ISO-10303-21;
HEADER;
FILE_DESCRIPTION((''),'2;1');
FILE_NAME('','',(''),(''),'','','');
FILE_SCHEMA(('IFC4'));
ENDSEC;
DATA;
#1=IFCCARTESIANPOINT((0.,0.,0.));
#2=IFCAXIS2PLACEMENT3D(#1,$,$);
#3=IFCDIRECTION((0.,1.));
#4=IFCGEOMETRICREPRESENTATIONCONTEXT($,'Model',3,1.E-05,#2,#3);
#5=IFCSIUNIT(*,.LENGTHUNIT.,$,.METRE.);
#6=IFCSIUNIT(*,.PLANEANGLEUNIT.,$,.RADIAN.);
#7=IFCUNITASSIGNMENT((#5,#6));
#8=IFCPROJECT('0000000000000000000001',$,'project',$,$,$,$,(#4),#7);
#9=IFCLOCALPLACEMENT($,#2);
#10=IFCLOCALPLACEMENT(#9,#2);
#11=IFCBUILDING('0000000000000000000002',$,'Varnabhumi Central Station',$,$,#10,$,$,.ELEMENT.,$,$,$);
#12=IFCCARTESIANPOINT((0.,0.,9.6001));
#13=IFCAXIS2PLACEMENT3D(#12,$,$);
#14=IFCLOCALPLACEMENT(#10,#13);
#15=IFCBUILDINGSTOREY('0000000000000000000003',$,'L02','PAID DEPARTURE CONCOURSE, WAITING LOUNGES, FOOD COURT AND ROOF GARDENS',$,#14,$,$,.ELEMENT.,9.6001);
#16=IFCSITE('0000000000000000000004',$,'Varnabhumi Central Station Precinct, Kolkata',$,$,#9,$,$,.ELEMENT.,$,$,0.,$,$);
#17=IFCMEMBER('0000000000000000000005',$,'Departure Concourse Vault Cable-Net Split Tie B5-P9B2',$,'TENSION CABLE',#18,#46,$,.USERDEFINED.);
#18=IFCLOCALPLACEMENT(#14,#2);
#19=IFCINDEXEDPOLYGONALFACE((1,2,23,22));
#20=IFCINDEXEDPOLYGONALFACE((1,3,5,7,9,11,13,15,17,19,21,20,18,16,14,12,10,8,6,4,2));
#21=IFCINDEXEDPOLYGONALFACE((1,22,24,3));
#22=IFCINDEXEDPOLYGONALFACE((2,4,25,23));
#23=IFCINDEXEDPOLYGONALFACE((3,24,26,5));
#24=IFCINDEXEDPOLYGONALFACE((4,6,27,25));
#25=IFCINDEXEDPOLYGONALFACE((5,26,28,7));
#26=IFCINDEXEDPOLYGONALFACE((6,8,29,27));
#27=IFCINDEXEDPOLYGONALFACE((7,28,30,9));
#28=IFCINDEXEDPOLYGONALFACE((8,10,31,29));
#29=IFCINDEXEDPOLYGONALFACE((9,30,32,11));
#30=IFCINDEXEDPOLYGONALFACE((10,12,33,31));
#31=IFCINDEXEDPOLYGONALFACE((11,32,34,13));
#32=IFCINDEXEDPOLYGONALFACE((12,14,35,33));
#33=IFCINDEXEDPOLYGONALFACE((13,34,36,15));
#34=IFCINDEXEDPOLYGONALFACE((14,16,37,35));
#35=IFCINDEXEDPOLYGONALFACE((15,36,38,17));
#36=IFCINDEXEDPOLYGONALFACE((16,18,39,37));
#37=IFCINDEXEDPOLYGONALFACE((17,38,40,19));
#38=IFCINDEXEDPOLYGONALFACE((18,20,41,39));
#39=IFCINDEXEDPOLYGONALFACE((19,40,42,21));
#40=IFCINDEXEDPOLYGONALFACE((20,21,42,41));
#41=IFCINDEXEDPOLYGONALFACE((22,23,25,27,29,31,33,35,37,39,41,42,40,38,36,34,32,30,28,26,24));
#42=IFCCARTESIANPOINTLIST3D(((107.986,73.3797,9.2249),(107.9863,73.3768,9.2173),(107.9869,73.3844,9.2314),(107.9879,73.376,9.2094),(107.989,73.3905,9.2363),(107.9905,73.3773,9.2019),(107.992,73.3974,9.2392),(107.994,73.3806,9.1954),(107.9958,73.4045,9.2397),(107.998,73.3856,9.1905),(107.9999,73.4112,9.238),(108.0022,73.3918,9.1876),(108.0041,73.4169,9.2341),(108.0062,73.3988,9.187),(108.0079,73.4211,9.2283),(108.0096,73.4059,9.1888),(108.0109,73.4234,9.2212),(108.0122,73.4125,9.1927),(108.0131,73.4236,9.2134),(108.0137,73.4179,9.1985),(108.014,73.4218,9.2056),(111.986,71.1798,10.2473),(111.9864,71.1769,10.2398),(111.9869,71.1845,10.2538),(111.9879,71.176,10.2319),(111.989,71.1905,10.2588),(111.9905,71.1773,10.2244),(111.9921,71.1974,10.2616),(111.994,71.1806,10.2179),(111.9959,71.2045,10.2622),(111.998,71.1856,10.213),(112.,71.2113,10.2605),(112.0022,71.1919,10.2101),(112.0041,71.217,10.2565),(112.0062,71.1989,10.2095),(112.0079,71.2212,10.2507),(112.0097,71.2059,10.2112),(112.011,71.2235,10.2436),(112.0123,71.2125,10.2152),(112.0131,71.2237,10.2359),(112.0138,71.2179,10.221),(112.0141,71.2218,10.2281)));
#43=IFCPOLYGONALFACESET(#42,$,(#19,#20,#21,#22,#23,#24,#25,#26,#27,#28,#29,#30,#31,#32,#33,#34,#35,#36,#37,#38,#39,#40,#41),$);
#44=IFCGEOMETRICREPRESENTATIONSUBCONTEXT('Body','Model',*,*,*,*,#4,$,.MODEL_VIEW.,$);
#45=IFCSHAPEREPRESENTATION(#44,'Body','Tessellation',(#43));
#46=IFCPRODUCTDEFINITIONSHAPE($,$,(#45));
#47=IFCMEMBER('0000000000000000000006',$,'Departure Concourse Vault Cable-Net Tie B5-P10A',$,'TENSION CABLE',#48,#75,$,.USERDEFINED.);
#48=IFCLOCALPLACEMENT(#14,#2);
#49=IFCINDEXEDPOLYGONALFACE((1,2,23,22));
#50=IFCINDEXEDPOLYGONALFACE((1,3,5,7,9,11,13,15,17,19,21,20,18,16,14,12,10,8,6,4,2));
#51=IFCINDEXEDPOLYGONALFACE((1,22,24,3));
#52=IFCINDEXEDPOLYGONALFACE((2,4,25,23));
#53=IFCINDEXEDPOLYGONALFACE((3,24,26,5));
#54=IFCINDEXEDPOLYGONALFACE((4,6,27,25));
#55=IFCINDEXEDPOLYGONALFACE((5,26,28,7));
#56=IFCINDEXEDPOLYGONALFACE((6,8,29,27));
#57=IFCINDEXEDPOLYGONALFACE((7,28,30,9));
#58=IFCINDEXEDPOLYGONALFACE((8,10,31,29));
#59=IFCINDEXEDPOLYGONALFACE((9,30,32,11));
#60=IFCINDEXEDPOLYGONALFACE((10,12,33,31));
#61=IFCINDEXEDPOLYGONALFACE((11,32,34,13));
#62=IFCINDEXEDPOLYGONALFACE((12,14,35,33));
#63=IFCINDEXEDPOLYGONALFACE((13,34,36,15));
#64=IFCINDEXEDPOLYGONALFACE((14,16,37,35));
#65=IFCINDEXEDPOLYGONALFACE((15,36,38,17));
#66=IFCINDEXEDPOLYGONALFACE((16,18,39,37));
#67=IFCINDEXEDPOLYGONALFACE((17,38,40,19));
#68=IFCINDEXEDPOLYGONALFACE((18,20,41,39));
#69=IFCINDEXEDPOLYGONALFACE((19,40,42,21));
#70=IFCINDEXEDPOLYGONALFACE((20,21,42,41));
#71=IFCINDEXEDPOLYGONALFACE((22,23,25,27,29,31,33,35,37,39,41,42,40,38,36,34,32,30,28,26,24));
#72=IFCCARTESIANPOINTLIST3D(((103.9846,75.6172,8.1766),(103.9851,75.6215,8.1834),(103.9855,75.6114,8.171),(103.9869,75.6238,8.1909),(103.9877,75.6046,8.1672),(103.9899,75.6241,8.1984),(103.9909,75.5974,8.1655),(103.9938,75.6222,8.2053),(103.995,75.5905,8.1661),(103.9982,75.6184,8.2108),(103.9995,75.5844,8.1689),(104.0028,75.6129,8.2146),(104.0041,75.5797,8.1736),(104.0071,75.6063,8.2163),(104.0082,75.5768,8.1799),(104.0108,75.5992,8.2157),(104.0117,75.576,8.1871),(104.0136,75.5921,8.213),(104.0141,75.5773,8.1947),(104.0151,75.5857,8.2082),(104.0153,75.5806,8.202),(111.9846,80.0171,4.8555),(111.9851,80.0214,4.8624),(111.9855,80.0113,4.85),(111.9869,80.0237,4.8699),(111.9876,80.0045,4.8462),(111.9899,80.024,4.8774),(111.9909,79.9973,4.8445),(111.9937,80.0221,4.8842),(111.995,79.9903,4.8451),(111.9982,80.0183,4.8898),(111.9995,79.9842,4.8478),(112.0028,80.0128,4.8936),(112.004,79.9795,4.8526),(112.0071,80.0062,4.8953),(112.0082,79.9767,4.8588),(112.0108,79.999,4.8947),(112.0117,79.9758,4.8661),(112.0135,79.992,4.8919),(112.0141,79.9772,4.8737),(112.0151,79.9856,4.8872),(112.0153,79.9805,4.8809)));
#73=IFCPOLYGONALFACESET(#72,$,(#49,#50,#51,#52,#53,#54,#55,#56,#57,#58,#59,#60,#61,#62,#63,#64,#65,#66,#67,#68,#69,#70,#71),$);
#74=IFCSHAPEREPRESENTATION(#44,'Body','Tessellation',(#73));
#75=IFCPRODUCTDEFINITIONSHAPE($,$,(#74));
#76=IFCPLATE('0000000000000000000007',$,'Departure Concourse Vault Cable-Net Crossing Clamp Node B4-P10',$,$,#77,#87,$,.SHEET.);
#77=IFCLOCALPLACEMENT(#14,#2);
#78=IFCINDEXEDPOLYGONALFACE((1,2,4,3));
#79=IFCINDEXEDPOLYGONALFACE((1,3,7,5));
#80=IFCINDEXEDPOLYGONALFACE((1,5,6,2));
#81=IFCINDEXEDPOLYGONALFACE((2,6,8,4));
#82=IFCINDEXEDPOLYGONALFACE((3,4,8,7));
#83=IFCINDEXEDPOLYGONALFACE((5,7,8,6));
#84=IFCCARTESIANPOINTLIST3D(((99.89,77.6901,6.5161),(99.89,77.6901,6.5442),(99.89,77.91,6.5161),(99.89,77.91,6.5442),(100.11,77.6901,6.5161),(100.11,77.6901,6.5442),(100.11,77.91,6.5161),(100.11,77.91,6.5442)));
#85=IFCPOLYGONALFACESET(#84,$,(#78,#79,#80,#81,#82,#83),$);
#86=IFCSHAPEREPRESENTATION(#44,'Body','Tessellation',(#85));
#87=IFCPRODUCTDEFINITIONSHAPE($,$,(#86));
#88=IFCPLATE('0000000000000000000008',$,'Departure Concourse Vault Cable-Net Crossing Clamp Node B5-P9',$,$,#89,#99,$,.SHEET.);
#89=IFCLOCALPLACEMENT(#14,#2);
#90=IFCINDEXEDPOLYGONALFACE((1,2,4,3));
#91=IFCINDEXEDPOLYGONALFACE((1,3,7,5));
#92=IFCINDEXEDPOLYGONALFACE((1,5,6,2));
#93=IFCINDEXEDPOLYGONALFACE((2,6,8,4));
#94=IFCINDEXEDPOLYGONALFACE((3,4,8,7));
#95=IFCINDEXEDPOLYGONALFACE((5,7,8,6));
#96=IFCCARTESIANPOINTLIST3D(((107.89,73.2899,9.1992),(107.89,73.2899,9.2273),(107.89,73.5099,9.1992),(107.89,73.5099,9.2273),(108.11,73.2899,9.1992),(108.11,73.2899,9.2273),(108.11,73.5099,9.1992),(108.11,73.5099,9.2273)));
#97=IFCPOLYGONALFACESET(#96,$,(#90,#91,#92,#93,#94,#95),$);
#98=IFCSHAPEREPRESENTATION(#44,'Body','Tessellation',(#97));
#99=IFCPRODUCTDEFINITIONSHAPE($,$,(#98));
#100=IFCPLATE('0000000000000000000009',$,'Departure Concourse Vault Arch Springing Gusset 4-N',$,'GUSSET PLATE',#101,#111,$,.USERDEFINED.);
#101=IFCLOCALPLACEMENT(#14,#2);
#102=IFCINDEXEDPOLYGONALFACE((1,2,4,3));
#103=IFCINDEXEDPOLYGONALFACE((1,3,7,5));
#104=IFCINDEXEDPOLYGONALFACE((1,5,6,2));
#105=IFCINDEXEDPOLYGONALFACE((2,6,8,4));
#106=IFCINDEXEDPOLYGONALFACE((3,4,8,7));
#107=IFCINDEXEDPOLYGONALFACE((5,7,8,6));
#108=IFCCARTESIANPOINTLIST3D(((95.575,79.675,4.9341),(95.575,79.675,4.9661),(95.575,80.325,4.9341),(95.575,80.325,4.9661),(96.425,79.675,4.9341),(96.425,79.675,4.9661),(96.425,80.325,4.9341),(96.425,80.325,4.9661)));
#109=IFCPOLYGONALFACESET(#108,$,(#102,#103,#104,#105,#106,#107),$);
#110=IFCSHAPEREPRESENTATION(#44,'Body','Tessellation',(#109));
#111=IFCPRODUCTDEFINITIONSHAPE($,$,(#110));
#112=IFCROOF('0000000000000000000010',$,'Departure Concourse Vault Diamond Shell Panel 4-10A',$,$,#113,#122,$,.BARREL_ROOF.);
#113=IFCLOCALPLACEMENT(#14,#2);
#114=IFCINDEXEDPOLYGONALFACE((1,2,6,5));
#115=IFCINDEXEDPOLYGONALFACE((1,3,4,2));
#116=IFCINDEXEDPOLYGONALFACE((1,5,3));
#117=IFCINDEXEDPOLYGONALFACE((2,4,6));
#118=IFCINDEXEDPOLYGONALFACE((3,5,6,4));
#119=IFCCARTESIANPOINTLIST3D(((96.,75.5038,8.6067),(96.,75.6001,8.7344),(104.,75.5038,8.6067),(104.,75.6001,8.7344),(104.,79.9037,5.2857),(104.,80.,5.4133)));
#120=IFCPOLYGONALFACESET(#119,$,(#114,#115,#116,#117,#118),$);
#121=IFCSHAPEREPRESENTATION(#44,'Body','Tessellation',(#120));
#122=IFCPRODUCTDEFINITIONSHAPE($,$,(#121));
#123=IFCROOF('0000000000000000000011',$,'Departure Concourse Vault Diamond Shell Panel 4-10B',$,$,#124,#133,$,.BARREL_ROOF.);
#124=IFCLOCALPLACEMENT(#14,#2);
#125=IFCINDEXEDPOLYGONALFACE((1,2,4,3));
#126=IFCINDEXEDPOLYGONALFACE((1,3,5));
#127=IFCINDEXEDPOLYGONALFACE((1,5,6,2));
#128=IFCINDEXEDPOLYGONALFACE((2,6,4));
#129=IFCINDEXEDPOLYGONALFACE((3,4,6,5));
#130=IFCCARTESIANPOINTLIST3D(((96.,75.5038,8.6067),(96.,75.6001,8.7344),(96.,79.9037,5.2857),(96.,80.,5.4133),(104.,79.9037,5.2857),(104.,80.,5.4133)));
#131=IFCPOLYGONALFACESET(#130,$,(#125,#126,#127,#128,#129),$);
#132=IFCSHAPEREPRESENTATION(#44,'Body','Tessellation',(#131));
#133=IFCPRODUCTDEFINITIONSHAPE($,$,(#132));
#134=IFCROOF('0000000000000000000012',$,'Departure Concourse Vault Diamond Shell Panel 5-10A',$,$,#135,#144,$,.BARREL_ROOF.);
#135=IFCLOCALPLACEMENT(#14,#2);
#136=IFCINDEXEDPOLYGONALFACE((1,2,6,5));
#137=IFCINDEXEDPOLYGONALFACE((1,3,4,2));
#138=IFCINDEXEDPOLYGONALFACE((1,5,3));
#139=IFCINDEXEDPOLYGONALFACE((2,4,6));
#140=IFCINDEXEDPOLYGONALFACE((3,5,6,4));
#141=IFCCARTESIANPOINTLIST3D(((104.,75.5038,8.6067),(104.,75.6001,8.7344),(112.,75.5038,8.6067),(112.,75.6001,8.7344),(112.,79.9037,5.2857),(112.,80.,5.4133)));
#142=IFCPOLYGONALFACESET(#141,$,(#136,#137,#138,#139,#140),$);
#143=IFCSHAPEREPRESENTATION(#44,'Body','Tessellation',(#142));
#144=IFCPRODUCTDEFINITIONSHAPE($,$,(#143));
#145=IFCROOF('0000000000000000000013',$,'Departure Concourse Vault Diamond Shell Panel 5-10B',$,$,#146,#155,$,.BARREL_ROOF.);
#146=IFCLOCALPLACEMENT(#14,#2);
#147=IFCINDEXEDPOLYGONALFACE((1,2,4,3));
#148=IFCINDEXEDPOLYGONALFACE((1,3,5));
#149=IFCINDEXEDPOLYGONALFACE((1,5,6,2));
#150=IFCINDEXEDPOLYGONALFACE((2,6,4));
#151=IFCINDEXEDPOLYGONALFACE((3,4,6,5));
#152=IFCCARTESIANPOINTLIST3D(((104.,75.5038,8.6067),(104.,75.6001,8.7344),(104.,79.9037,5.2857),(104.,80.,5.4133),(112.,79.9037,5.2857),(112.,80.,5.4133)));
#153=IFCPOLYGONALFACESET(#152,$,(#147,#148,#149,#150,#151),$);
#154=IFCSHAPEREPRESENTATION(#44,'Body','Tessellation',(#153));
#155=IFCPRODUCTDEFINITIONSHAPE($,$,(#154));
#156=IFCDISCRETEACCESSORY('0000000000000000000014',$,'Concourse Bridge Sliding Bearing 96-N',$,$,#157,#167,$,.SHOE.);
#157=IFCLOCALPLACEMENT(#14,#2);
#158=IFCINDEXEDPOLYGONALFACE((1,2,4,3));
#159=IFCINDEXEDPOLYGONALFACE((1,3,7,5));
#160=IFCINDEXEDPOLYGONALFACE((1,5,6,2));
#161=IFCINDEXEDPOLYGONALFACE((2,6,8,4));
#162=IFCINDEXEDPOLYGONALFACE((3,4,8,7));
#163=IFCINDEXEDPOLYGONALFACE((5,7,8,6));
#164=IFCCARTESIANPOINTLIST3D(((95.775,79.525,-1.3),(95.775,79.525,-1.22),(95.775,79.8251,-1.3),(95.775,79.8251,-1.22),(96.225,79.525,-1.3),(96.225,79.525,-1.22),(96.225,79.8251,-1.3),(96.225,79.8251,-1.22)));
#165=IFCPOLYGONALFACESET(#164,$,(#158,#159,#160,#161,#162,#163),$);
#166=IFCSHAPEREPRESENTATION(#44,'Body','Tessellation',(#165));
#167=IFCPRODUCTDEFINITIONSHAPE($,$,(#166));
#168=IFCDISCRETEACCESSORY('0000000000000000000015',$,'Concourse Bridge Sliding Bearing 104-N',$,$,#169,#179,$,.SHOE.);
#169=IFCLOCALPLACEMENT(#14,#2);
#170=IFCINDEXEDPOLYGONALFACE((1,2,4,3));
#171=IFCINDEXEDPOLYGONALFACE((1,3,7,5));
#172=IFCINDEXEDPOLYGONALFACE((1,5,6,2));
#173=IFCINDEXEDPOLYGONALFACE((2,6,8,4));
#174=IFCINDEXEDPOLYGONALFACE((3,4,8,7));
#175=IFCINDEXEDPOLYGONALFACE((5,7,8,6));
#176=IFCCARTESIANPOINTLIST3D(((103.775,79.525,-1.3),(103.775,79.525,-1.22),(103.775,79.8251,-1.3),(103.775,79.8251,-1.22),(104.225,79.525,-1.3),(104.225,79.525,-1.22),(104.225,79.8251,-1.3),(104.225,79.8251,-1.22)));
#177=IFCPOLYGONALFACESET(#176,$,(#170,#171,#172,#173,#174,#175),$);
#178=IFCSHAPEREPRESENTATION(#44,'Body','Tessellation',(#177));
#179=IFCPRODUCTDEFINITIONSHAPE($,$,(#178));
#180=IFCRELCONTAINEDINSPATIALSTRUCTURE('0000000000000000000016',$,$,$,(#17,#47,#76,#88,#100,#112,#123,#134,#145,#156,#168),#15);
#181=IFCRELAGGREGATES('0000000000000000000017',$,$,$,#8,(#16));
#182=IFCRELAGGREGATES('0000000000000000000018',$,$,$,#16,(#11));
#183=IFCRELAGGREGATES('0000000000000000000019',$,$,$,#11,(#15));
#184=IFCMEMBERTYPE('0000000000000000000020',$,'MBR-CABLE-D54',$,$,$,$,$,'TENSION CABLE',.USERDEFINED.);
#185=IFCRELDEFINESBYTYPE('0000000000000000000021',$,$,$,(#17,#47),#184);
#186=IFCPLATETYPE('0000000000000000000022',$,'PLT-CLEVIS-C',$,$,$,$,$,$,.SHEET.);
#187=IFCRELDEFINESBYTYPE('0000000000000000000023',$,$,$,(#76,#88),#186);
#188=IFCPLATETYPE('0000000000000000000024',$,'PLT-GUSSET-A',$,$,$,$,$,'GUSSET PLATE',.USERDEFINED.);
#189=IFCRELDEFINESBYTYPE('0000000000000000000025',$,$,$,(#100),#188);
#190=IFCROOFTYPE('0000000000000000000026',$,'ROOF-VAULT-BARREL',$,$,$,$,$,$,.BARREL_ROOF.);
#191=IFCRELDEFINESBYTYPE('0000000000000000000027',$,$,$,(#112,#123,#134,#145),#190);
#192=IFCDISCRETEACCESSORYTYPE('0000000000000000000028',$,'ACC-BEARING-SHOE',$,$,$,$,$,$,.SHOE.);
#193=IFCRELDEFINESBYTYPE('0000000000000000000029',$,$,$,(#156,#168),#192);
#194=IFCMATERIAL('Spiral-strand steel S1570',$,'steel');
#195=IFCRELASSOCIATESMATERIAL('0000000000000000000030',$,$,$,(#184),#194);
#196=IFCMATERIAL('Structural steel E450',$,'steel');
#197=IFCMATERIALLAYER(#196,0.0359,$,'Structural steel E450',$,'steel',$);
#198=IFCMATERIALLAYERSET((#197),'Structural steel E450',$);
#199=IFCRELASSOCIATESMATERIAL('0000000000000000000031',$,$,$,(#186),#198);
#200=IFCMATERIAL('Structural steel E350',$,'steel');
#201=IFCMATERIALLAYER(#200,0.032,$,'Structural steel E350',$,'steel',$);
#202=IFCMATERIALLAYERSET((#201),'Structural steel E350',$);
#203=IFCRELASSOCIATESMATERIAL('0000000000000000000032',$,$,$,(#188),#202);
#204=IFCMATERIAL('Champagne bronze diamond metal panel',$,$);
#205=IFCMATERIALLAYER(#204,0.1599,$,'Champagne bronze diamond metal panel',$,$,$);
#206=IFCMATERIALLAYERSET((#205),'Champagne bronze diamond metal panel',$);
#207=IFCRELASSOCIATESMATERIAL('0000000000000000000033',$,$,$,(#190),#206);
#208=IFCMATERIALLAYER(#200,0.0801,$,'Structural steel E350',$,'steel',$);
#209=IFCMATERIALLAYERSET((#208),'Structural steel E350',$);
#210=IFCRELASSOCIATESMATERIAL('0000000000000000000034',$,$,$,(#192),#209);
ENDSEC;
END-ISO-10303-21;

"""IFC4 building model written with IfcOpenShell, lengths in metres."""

from ifc_helpers import new_model, si_unit, direction, frame, origin, origin_2d, place, context, subcontext, project, spatial, polyline, rectangle, circle, outline, extrude, material, layer, layer_set, material_profile, profile_set, type_object, element, save


model = new_model("IFC4")

# Units and contexts
model_context = context("Model", 3, precision=1e-05, world=origin(), true_north=direction((0.0, 1.0)))
body_context = subcontext(model_context, "Body", "Model", "MODEL_VIEW")
ifc_project = project(units=[si_unit("LENGTHUNIT", "METRE"), si_unit("PLANEANGLEUNIT", "RADIAN")], contexts=[model_context])

# Site, building, storey
site_placement = place(None, origin())
site = spatial("IfcSite", under=ifc_project, at=site_placement, Name="Varnabhumi Central Station Precinct, Kolkata", CompositionType="ELEMENT", RefElevation=0.0)
building_placement = place(site_placement, origin())
building = spatial("IfcBuilding", under=site, at=building_placement, Name="Varnabhumi Central Station", CompositionType="ELEMENT")
storey_placement = place(building_placement, frame((0.0, 0.0, 9.6001)))
storey = spatial("IfcBuildingStorey", under=building, at=storey_placement, Name="L02", Description="PAID DEPARTURE CONCOURSE, WAITING LOUNGES, FOOD COURT AND ROOF GARDENS", CompositionType="ELEMENT", Elevation=9.6001)

# Shared definitions
ifc_material_1 = material(Name="Structural steel E350", Category="steel")

# Members
ifc_material_2 = material(Name="Spiral-strand steel S1570", Category="steel")
ifc_material_profile_1 = material_profile(ifc_material_2, circle(Radius=0.0271, at=origin_2d()), Name="Spiral-strand steel S1570", Category="steel")
ifc_profile_set_1 = profile_set([ifc_material_profile_1], Name="Spiral-strand steel S1570")
member_type = type_object("IfcMemberType", Name="MBR-CABLE-D54", ElementType="TENSION CABLE", PredefinedType="USERDEFINED", material=ifc_profile_set_1)
for number, where, z_axis, x_axis, name in (
    (1, (108.0, 73.3999, 9.2134), (0.855036, -0.47026, 0.21856), (0.481911, 0.87622, 0.0), "Departure Concourse Vault Cable-Net Split Tie B5-P9B2"),
):
    element("IfcMember", number, at=place(storey_placement, frame(where, z_axis=z_axis, x_axis=x_axis)), inside=storey, type_object=member_type, Name=name, ObjectType="TENSION CABLE", PredefinedType="USERDEFINED", context=body_context, shape_type="SweptSolid", body=[
        extrude(circle(Radius=0.0271, at=origin_2d()), origin(), (0.0, 0.0, 1.0), 4.6782),
    ])
member_1_placement = place(storey_placement, frame((104.0, 75.6001, 8.1909), z_axis=(0.823437, 0.45288, -0.341834), x_axis=(-0.481911, 0.87622, 0.0)))
element("IfcMember", 2, at=member_1_placement, inside=storey, type_object=member_type, Name="Departure Concourse Vault Cable-Net Tie B5-P10A", ObjectType="TENSION CABLE", PredefinedType="USERDEFINED", context=body_context, shape_type="SweptSolid", body=[
    extrude(circle(Radius=0.0271, at=origin_2d()), origin(), (0.0, 0.0, 1.0), 9.7153),
])

# Plates
ifc_material_3 = material(Name="Structural steel E450", Category="steel")
ifc_layer_1 = layer(ifc_material_3, 0.0359, Name="Structural steel E450", Category="steel")
ifc_layer_set_1 = layer_set([ifc_layer_1], Name="Structural steel E450")
plate_type_1 = type_object("IfcPlateType", Name="PLT-CLEVIS-C", PredefinedType="SHEET", material=ifc_layer_set_1)
for number, where, z_axis, x_axis, name in (
    (3, (100.0, 77.8, 6.5161), (0.0, 0.0, 1.0), (1.0, 0.0, 0.0), "Departure Concourse Vault Cable-Net Crossing Clamp Node B4-P10"),
    (4, (108.0, 73.3999, 9.1992), (0.0, 0.0, 1.0), (1.0, 0.0, 0.0), "Departure Concourse Vault Cable-Net Crossing Clamp Node B5-P9"),
):
    element("IfcPlate", number, at=place(storey_placement, frame(where, z_axis=z_axis, x_axis=x_axis)), inside=storey, type_object=plate_type_1, Name=name, PredefinedType="SHEET", context=body_context, shape_type="SweptSolid", body=[
        extrude(rectangle(XDim=0.22, YDim=0.22, at=origin_2d()), origin(), (0.0, 0.0, 1.0), 0.0281),
    ])
ifc_layer_2 = layer(ifc_material_1, 0.032, Name="Structural steel E350", Category="steel")
ifc_layer_set_2 = layer_set([ifc_layer_2], Name="Structural steel E350")
plate_type_2 = type_object("IfcPlateType", Name="PLT-GUSSET-A", ElementType="GUSSET PLATE", PredefinedType="USERDEFINED", material=ifc_layer_set_2)
plate_placement = place(storey_placement, frame((96.0, 80.0, 4.9341), z_axis=(0.0, 0.0, 1.0), x_axis=(1.0, 0.0, 0.0)))
element("IfcPlate", 5, at=plate_placement, inside=storey, type_object=plate_type_2, Name="Departure Concourse Vault Arch Springing Gusset 4-N", ObjectType="GUSSET PLATE", PredefinedType="USERDEFINED", context=body_context, shape_type="SweptSolid", body=[
    extrude(rectangle(XDim=0.8501, YDim=0.6499, at=origin_2d()), origin(), (0.0, 0.0, 1.0), 0.032),
])

# Roofs
ifc_material_4 = material(Name="Champagne bronze diamond metal panel")
ifc_layer_3 = layer(ifc_material_4, 0.1599, Name="Champagne bronze diamond metal panel")
ifc_layer_set_3 = layer_set([ifc_layer_3], Name="Champagne bronze diamond metal panel")
roof_type = type_object("IfcRoofType", Name="ROOF-VAULT-BARREL", PredefinedType="BARREL_ROOF", material=ifc_layer_set_3)
roof_1_placement = place(storey_placement, frame((96.0, 75.6001, 8.7344), z_axis=(0.0, 0.602449, 0.798157), x_axis=(1.0, 0.0, 0.0)))
element("IfcRoof", 6, at=roof_1_placement, inside=storey, type_object=roof_type, Name="Departure Concourse Vault Diamond Shell Panel 4-10A", PredefinedType="BARREL_ROOF", context=body_context, shape_type="SweptSolid", body=[
    extrude(outline(polyline([(0.0, 0.0), (8.0, 0.0), (8.0, 5.5126), (0.0, 0.0)])), origin(), (0.0, 0.0, -1.0), 0.1599),
])
roof_2_placement = place(storey_placement, frame((96.0, 75.6001, 8.7344), z_axis=(0.0, 0.602449, 0.798157), x_axis=(0.823437, 0.45288, -0.341834)))
element("IfcRoof", 7, at=roof_2_placement, inside=storey, type_object=roof_type, Name="Departure Concourse Vault Diamond Shell Panel 4-10B", PredefinedType="BARREL_ROOF", context=body_context, shape_type="SweptSolid", body=[
    extrude(outline(polyline([(0.0, 0.0), (9.7154, 0.0), (3.1279, 4.5393), (0.0, 0.0)])), origin(), (0.0, 0.0, -1.0), 0.1599),
])
roof_3_placement = place(storey_placement, frame((104.0, 75.6001, 8.7344), z_axis=(0.0, 0.602449, 0.798157), x_axis=(1.0, 0.0, 0.0)))
element("IfcRoof", 8, at=roof_3_placement, inside=storey, type_object=roof_type, Name="Departure Concourse Vault Diamond Shell Panel 5-10A", PredefinedType="BARREL_ROOF", context=body_context, shape_type="SweptSolid", body=[
    extrude(outline(polyline([(0.0, 0.0), (8.0, 0.0), (8.0, 5.5126), (0.0, 0.0)])), origin(), (0.0, 0.0, -1.0), 0.1599),
])
roof_4_placement = place(storey_placement, frame((104.0, 75.6001, 8.7344), z_axis=(0.0, 0.602449, 0.798157), x_axis=(0.823437, 0.45288, -0.341834)))
element("IfcRoof", 9, at=roof_4_placement, inside=storey, type_object=roof_type, Name="Departure Concourse Vault Diamond Shell Panel 5-10B", PredefinedType="BARREL_ROOF", context=body_context, shape_type="SweptSolid", body=[
    extrude(outline(polyline([(0.0, 0.0), (9.7154, 0.0), (3.1279, 4.5393), (0.0, 0.0)])), origin(), (0.0, 0.0, -1.0), 0.1599),
])

# Discrete accessories
ifc_layer_4 = layer(ifc_material_1, 0.0801, Name="Structural steel E350", Category="steel")
ifc_layer_set_4 = layer_set([ifc_layer_4], Name="Structural steel E350")
discrete_accessory_type = type_object("IfcDiscreteAccessoryType", Name="ACC-BEARING-SHOE", PredefinedType="SHOE", material=ifc_layer_set_4)
for number, where, z_axis, x_axis, name in (
    (10, (96.0, 79.675, -1.3), (0.0, 0.0, 1.0), (1.0, 0.0, 0.0), "Concourse Bridge Sliding Bearing 96-N"),
    (11, (104.0, 79.675, -1.3), (0.0, 0.0, 1.0), (1.0, 0.0, 0.0), "Concourse Bridge Sliding Bearing 104-N"),
):
    element("IfcDiscreteAccessory", number, at=place(storey_placement, frame(where, z_axis=z_axis, x_axis=x_axis)), inside=storey, type_object=discrete_accessory_type, Name=name, PredefinedType="SHOE", context=body_context, shape_type="SweptSolid", body=[
        extrude(rectangle(XDim=0.45, YDim=0.3, at=origin_2d()), origin(), (0.0, 0.0, 1.0), 0.0801),
    ])

save(model, "model.ifc")
